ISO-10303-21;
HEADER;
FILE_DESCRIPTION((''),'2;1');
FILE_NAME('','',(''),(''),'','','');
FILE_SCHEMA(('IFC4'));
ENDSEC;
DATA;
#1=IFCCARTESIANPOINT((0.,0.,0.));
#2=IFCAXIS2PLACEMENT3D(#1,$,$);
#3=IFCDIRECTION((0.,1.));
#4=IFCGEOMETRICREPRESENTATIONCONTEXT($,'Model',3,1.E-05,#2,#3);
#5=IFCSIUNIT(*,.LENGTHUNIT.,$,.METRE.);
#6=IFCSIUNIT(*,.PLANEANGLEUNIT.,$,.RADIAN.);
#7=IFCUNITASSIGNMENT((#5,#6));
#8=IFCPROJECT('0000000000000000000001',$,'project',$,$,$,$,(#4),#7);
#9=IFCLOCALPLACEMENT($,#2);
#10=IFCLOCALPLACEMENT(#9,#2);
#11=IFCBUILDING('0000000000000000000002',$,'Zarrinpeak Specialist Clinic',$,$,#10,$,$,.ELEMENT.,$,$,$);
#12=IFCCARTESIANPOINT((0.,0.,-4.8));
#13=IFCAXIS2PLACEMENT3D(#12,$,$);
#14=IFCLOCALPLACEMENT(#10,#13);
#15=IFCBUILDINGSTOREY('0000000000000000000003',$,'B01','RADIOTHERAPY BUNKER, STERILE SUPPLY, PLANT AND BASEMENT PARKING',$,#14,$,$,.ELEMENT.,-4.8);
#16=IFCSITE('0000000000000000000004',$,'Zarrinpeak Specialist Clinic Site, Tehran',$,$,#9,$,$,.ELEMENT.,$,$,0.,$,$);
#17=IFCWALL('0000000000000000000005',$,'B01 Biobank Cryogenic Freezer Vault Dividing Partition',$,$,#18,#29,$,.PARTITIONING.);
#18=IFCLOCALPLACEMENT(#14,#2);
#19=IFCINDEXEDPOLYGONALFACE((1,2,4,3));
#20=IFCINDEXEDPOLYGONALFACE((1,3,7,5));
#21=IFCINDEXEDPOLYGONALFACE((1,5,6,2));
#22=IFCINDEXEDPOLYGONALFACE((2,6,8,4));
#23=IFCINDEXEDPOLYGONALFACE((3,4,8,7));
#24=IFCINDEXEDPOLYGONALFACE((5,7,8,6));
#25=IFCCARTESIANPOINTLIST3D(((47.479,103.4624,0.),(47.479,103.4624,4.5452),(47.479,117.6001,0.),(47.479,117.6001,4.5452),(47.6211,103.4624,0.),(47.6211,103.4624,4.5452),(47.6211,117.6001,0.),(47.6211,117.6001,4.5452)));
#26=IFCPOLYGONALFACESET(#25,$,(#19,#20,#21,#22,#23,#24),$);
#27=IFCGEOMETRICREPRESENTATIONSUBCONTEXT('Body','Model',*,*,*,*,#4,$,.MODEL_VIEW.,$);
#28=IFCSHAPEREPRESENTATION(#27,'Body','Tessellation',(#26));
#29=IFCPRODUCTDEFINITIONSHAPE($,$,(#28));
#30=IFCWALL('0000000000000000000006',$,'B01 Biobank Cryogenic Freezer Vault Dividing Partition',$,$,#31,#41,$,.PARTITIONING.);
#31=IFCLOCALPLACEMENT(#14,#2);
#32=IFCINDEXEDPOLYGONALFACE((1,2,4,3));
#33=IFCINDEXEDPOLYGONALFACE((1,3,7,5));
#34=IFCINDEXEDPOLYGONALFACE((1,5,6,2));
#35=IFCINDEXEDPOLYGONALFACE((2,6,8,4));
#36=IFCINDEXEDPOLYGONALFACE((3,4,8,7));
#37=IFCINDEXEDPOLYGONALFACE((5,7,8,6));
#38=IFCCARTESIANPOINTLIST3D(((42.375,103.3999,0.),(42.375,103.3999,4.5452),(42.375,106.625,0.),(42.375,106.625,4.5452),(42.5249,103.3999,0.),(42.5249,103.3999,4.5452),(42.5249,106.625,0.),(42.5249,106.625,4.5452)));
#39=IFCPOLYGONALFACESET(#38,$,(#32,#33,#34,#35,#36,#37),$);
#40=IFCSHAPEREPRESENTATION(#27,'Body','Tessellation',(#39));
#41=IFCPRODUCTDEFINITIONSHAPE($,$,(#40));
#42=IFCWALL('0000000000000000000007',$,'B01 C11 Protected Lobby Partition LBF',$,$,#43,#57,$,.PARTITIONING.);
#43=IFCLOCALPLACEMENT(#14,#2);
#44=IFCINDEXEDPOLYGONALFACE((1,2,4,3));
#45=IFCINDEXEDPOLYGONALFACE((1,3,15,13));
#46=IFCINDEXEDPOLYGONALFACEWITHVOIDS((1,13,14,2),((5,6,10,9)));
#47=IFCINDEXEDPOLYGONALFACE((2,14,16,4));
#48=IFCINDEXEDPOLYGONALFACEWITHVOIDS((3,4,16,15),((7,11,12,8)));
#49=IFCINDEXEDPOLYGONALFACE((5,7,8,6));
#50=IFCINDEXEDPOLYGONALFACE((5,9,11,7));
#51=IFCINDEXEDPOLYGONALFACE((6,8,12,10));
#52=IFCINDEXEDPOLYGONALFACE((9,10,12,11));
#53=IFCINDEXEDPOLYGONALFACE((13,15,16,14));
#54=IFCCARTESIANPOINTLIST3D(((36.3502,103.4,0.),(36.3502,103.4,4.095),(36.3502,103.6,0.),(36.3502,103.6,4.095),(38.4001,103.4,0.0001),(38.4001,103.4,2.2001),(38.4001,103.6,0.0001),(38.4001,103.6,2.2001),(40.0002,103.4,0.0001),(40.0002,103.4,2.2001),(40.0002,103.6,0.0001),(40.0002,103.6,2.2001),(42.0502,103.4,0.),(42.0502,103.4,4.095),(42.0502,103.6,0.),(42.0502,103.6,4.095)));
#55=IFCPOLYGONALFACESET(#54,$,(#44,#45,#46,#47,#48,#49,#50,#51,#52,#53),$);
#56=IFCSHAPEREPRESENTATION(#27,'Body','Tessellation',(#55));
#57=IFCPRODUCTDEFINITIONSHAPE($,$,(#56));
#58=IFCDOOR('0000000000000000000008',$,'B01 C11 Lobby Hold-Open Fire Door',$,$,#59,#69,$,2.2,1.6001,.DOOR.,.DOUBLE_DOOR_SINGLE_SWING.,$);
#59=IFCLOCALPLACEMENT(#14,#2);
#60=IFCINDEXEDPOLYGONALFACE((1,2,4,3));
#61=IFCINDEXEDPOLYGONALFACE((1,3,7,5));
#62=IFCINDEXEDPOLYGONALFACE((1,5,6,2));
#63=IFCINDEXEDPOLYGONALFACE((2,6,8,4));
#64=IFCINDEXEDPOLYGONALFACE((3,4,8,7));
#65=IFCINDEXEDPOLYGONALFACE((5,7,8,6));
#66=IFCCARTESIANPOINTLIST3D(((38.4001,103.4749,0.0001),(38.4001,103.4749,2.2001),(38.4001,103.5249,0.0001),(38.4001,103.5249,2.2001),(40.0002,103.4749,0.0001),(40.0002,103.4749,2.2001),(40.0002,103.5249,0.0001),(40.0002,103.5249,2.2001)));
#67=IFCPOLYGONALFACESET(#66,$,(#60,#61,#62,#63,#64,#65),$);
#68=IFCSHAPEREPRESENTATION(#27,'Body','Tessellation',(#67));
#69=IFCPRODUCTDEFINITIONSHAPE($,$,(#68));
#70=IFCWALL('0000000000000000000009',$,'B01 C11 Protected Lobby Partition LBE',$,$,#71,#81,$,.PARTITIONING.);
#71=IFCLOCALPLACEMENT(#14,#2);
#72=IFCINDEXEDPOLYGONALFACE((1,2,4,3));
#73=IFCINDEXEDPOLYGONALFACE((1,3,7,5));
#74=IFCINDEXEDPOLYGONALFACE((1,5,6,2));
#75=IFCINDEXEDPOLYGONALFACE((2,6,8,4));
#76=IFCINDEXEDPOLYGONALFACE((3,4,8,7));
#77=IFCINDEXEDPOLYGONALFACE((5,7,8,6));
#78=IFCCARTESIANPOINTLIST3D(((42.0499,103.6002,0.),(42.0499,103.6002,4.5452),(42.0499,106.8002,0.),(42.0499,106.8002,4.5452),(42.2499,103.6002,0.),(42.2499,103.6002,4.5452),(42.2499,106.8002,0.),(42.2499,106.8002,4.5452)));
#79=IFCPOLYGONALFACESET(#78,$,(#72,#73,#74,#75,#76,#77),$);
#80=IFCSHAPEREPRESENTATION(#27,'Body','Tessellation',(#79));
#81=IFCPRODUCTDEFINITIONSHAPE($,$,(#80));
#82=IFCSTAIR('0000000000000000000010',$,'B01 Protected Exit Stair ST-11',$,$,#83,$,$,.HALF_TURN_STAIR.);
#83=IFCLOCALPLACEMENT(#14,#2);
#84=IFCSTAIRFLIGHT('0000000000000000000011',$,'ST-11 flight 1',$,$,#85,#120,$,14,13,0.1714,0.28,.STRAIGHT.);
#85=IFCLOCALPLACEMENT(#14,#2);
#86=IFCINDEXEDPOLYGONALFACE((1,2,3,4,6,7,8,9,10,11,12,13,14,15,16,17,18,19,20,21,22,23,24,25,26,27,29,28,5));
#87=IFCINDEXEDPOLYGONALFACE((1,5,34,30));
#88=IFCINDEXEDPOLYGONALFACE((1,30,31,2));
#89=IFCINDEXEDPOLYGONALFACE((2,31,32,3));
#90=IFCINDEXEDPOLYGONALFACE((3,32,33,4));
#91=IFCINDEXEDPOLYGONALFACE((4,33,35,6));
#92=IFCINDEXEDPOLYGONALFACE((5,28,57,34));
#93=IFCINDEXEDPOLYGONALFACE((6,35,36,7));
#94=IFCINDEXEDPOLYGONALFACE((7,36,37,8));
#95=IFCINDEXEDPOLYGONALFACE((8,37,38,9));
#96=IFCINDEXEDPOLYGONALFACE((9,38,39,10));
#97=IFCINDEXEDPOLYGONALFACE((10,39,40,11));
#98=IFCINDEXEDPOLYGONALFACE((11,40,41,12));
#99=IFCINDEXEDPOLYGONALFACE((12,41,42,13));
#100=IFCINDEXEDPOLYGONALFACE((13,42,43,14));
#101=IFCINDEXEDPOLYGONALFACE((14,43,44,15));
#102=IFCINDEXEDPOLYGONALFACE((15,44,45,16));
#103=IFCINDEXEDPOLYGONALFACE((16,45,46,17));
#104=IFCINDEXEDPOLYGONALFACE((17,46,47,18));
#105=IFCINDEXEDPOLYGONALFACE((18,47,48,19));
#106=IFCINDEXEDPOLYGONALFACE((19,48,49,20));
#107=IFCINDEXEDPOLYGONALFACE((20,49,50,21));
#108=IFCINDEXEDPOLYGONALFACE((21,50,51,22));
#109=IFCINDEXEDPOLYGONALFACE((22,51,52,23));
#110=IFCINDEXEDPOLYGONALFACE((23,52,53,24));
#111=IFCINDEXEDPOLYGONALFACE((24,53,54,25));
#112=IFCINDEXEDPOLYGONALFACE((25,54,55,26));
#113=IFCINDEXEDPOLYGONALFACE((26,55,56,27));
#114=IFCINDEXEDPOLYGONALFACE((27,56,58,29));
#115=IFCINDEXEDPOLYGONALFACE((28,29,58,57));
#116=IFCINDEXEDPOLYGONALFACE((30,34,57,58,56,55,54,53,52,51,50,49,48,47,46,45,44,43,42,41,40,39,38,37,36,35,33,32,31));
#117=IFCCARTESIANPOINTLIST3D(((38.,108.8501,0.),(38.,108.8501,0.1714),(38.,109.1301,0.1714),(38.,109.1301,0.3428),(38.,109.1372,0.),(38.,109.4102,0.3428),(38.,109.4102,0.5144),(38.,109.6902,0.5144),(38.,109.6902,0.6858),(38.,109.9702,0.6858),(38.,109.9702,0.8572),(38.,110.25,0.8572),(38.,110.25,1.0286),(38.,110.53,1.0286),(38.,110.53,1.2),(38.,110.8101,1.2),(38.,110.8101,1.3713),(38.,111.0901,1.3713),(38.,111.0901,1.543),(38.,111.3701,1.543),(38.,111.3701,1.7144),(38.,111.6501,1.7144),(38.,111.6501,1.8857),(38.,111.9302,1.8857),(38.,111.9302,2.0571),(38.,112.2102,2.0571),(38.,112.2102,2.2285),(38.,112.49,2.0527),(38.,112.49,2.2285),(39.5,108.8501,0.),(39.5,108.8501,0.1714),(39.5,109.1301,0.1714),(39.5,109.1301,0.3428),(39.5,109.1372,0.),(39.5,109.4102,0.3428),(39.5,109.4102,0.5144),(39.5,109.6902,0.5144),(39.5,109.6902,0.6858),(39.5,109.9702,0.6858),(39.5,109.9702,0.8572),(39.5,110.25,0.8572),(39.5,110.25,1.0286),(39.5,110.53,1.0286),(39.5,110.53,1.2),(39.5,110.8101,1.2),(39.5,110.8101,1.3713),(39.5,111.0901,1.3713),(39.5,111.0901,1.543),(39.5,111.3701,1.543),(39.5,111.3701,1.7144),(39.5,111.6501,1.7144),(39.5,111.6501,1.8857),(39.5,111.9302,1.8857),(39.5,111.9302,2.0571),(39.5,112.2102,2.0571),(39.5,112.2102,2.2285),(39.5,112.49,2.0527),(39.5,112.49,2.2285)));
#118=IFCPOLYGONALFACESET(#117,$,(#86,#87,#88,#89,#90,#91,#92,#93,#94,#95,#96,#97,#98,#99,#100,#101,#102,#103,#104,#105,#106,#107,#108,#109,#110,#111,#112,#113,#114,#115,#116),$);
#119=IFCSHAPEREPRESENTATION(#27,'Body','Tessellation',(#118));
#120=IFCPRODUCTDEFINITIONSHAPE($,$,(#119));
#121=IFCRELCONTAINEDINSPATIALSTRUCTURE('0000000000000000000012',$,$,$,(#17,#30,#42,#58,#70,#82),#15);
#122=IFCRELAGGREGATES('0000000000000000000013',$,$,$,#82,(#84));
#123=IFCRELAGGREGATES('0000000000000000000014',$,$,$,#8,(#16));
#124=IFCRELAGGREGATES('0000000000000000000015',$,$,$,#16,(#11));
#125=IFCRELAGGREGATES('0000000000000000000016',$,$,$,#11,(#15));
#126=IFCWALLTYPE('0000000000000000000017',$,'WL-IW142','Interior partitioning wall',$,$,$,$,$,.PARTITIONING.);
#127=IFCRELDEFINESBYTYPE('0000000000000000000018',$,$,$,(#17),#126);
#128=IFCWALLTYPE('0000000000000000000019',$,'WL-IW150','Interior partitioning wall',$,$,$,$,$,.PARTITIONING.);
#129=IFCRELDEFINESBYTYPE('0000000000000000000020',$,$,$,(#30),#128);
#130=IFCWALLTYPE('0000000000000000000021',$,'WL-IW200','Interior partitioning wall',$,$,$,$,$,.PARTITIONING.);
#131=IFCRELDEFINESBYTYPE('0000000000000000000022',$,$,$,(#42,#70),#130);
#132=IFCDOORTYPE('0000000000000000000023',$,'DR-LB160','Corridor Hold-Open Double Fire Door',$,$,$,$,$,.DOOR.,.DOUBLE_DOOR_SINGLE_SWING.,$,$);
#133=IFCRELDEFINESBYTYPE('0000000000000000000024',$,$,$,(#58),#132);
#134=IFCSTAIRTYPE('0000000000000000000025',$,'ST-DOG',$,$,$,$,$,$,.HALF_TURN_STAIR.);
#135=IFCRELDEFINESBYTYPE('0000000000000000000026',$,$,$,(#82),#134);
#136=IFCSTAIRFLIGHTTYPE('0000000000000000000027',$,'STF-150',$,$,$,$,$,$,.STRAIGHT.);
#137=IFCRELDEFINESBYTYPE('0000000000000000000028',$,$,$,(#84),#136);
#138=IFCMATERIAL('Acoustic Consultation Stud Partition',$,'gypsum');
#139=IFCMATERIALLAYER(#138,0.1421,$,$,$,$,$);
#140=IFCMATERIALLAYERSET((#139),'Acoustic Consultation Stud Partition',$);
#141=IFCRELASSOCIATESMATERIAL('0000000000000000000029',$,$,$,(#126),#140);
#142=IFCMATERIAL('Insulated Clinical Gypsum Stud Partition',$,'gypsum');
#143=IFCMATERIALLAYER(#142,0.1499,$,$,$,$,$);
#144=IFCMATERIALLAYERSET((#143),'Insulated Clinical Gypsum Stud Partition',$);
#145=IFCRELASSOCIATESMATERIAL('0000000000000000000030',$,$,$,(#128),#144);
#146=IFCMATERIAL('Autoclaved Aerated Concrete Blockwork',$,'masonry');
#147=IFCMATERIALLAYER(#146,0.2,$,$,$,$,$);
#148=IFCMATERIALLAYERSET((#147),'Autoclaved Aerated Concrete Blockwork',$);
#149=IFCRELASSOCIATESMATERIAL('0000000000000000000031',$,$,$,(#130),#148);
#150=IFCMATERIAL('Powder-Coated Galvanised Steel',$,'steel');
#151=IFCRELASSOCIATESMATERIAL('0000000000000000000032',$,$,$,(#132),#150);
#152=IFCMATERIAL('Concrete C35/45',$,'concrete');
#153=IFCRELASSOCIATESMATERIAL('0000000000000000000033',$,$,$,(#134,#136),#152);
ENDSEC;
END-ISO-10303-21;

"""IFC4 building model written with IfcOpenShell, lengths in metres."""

from ifc_helpers import new_model, si_unit, direction, frame, frame_2d, origin, place, context, subcontext, project, spatial, polyline, rectangle, outline, extrude, material, layer, layer_set, type_object, element, fill, aggregate, save


model = new_model("IFC4")

# Units and contexts
model_context = context("Model", 3, precision=1e-05, world=origin(), true_north=direction((0.0, 1.0)))
body_context = subcontext(model_context, "Body", "Model", "MODEL_VIEW")
ifc_project = project(units=[si_unit("LENGTHUNIT", "METRE"), si_unit("PLANEANGLEUNIT", "RADIAN")], contexts=[model_context])

# Site, building, storey
site_placement = place(None, origin())
site = spatial("IfcSite", under=ifc_project, at=site_placement, Name="Zarrinpeak Specialist Clinic Site, Tehran", CompositionType="ELEMENT", RefElevation=0.0)
building_placement = place(site_placement, origin())
building = spatial("IfcBuilding", under=site, at=building_placement, Name="Zarrinpeak Specialist Clinic", CompositionType="ELEMENT")
storey_placement = place(building_placement, frame((0.0, 0.0, -4.8)))
storey = spatial("IfcBuildingStorey", under=building, at=storey_placement, Name="B01", Description="RADIOTHERAPY BUNKER, STERILE SUPPLY, PLANT AND BASEMENT PARKING", CompositionType="ELEMENT", Elevation=-4.8)

# Shared definitions
ifc_material_1 = material(Name="Powder-Coated Galvanised Steel", Category="steel")

# Walls
ifc_material_2 = material(Name="Acoustic Consultation Stud Partition", Category="gypsum")
ifc_layer_1 = layer(ifc_material_2, 0.1421)
ifc_layer_set_1 = layer_set([ifc_layer_1], Name="Acoustic Consultation Stud Partition")
wall_type_1 = type_object("IfcWallType", Name="WL-IW142", Description="Interior partitioning wall", PredefinedType="PARTITIONING", material=ifc_layer_set_1)
wall_1_placement = place(storey_placement, frame((47.55, 103.4624, 0.0), z_axis=(0.0, 0.0, 1.0), x_axis=(0.0, 1.0, 0.0)))
element("IfcWall", 1, at=wall_1_placement, inside=storey, type_object=wall_type_1, Name="B01 Biobank Cryogenic Freezer Vault Dividing Partition", PredefinedType="PARTITIONING", context=body_context, shape_type="SweptSolid", body=[
    extrude(rectangle(XDim=14.1377, YDim=0.1421, at=frame_2d((7.0688, 0.0))), origin(), (0.0, 0.0, 1.0), 4.5452),
])
ifc_material_3 = material(Name="Insulated Clinical Gypsum Stud Partition", Category="gypsum")
ifc_layer_2 = layer(ifc_material_3, 0.1499)
ifc_layer_set_2 = layer_set([ifc_layer_2], Name="Insulated Clinical Gypsum Stud Partition")
wall_type_2 = type_object("IfcWallType", Name="WL-IW150", Description="Interior partitioning wall", PredefinedType="PARTITIONING", material=ifc_layer_set_2)
wall_2_placement = place(storey_placement, frame((42.45, 103.3999, 0.0), z_axis=(0.0, 0.0, 1.0), x_axis=(0.0, 1.0, 0.0)))
element("IfcWall", 2, at=wall_2_placement, inside=storey, type_object=wall_type_2, Name="B01 Biobank Cryogenic Freezer Vault Dividing Partition", PredefinedType="PARTITIONING", context=body_context, shape_type="SweptSolid", body=[
    extrude(rectangle(XDim=3.2251, YDim=0.1499, at=frame_2d((1.6125, 0.0))), origin(), (0.0, 0.0, 1.0), 4.5452),
])

# Wall, opening, door
ifc_material_4 = material(Name="Autoclaved Aerated Concrete Blockwork", Category="masonry")
ifc_layer_3 = layer(ifc_material_4, 0.2)
ifc_layer_set_3 = layer_set([ifc_layer_3], Name="Autoclaved Aerated Concrete Blockwork")
wall_type_3 = type_object("IfcWallType", Name="WL-IW200", Description="Interior partitioning wall", PredefinedType="PARTITIONING", material=ifc_layer_set_3)
wall_3_placement = place(storey_placement, frame((36.3501, 103.5, 0.0), z_axis=(0.0, 0.0, 1.0), x_axis=(1.0, 0.0, 0.0)))
wall_3 = element("IfcWall", 3, at=wall_3_placement, inside=storey, type_object=wall_type_3, Name="B01 C11 Protected Lobby Partition LBF", PredefinedType="PARTITIONING", context=body_context, shape_type="SweptSolid", body=[
    extrude(rectangle(XDim=5.7, YDim=0.2, at=frame_2d((2.8501, 0.0))), origin(), (0.0, 0.0, 1.0), 4.095),
])
opening_1_placement = place(wall_3_placement, frame((2.05, 0.0, 0.0)))
opening_1 = element("IfcOpeningElement", 4, at=opening_1_placement, cuts=wall_3, PredefinedType="OPENING", context=body_context, shape_type="SweptSolid", body=[
    extrude(rectangle(XDim=1.6001, YDim=2.2, at=frame_2d((0.8, 1.1001))), frame((0.0, 0.1099, 0.0), z_axis=(0.0, -1.0, 0.0), x_axis=(1.0, 0.0, 0.0)), (0.0, 0.0, 1.0), 0.22),
])
door_type_1 = type_object("IfcDoorType", Name="DR-LB160", Description="Corridor Hold-Open Double Fire Door", OperationType="DOUBLE_DOOR_SINGLE_SWING", PredefinedType="DOOR", material=ifc_material_1)
door_1_placement = place(opening_1_placement, origin())
door_1 = element("IfcDoor", 5, at=door_1_placement, inside=storey, type_object=door_type_1, Name="B01 C11 Lobby Hold-Open Fire Door", OperationType="DOUBLE_DOOR_SINGLE_SWING", OverallHeight=2.2, OverallWidth=1.6001, PredefinedType="DOOR", context=body_context, shape_type="SweptSolid", body=[
    extrude(rectangle(XDim=1.6001, YDim=2.2, at=frame_2d((0.8, 1.1001))), frame((0.0, 0.0249, 0.0), z_axis=(0.0, -1.0, 0.0), x_axis=(1.0, 0.0, 0.0)), (0.0, 0.0, 1.0), 0.05),
])
fill(opening_1, door_1)

# Wall
wall_4_placement = place(storey_placement, frame((42.1499, 103.6001, 0.0), z_axis=(0.0, 0.0, 1.0), x_axis=(0.0, 1.0, 0.0)))
element("IfcWall", 6, at=wall_4_placement, inside=storey, type_object=wall_type_3, Name="B01 C11 Protected Lobby Partition LBE", PredefinedType="PARTITIONING", context=body_context, shape_type="SweptSolid", body=[
    extrude(rectangle(XDim=3.2, YDim=0.2, at=frame_2d((1.6001, 0.0))), origin(), (0.0, 0.0, 1.0), 4.5452),
])

# Stair, stair flight
ifc_material_5 = material(Name="Concrete C35/45", Category="concrete")
stair_type = type_object("IfcStairType", Name="ST-DOG", PredefinedType="HALF_TURN_STAIR", material=ifc_material_5)
stair_placement = place(storey_placement, origin())
stair = element("IfcStair", 7, at=stair_placement, inside=storey, type_object=stair_type, Name="B01 Protected Exit Stair ST-11", PredefinedType="HALF_TURN_STAIR")
stair_flight_type = type_object("IfcStairFlightType", Name="STF-150", PredefinedType="STRAIGHT", material=ifc_material_5)
stair_flight_placement = place(storey_placement, frame((38.75, 108.8501, 0.0), z_axis=(0.0, 0.0, 1.0), x_axis=(0.0, 1.0, 0.0)))
stair_flight = element("IfcStairFlight", 8, at=stair_flight_placement, type_object=stair_flight_type, Name="ST-11 flight 1", NumberOfRisers=14, NumberOfTreads=13, PredefinedType="STRAIGHT", RiserHeight=0.1714, TreadLength=0.28, context=body_context, shape_type="SweptSolid", body=[
    extrude(outline(polyline([(0.0, 0.0), (0.0, 0.1714), (0.28, 0.1714), (0.28, 0.3428), (0.5601, 0.3428), (0.5601, 0.5144), (0.8401, 0.5144), (0.8401, 0.6858), (1.1201, 0.6858), (1.1201, 0.8572), (1.3999, 0.8572), (1.3999, 1.0286), (1.6799, 1.0286), (1.6799, 1.2), (1.96, 1.2), (1.96, 1.3713), (2.24, 1.3713), (2.24, 1.543), (2.52, 1.543), (2.52, 1.7144), (2.8, 1.7144), (2.8, 1.8857), (3.0801, 1.8857), (3.0801, 2.0571), (3.3601, 2.0571), (3.3601, 2.2285), (3.6399, 2.2285), (3.6399, 2.3999), (3.6399, 2.0527), (0.2871, 0.0), (0.0, 0.0)])), frame((0.0, 0.75, 0.0), z_axis=(0.0, -1.0, 0.0), x_axis=(1.0, 0.0, 0.0)), (0.0, 0.0, 1.0), 1.5),
])
aggregate(stair, [stair_flight])

save(model, "model.ifc")
